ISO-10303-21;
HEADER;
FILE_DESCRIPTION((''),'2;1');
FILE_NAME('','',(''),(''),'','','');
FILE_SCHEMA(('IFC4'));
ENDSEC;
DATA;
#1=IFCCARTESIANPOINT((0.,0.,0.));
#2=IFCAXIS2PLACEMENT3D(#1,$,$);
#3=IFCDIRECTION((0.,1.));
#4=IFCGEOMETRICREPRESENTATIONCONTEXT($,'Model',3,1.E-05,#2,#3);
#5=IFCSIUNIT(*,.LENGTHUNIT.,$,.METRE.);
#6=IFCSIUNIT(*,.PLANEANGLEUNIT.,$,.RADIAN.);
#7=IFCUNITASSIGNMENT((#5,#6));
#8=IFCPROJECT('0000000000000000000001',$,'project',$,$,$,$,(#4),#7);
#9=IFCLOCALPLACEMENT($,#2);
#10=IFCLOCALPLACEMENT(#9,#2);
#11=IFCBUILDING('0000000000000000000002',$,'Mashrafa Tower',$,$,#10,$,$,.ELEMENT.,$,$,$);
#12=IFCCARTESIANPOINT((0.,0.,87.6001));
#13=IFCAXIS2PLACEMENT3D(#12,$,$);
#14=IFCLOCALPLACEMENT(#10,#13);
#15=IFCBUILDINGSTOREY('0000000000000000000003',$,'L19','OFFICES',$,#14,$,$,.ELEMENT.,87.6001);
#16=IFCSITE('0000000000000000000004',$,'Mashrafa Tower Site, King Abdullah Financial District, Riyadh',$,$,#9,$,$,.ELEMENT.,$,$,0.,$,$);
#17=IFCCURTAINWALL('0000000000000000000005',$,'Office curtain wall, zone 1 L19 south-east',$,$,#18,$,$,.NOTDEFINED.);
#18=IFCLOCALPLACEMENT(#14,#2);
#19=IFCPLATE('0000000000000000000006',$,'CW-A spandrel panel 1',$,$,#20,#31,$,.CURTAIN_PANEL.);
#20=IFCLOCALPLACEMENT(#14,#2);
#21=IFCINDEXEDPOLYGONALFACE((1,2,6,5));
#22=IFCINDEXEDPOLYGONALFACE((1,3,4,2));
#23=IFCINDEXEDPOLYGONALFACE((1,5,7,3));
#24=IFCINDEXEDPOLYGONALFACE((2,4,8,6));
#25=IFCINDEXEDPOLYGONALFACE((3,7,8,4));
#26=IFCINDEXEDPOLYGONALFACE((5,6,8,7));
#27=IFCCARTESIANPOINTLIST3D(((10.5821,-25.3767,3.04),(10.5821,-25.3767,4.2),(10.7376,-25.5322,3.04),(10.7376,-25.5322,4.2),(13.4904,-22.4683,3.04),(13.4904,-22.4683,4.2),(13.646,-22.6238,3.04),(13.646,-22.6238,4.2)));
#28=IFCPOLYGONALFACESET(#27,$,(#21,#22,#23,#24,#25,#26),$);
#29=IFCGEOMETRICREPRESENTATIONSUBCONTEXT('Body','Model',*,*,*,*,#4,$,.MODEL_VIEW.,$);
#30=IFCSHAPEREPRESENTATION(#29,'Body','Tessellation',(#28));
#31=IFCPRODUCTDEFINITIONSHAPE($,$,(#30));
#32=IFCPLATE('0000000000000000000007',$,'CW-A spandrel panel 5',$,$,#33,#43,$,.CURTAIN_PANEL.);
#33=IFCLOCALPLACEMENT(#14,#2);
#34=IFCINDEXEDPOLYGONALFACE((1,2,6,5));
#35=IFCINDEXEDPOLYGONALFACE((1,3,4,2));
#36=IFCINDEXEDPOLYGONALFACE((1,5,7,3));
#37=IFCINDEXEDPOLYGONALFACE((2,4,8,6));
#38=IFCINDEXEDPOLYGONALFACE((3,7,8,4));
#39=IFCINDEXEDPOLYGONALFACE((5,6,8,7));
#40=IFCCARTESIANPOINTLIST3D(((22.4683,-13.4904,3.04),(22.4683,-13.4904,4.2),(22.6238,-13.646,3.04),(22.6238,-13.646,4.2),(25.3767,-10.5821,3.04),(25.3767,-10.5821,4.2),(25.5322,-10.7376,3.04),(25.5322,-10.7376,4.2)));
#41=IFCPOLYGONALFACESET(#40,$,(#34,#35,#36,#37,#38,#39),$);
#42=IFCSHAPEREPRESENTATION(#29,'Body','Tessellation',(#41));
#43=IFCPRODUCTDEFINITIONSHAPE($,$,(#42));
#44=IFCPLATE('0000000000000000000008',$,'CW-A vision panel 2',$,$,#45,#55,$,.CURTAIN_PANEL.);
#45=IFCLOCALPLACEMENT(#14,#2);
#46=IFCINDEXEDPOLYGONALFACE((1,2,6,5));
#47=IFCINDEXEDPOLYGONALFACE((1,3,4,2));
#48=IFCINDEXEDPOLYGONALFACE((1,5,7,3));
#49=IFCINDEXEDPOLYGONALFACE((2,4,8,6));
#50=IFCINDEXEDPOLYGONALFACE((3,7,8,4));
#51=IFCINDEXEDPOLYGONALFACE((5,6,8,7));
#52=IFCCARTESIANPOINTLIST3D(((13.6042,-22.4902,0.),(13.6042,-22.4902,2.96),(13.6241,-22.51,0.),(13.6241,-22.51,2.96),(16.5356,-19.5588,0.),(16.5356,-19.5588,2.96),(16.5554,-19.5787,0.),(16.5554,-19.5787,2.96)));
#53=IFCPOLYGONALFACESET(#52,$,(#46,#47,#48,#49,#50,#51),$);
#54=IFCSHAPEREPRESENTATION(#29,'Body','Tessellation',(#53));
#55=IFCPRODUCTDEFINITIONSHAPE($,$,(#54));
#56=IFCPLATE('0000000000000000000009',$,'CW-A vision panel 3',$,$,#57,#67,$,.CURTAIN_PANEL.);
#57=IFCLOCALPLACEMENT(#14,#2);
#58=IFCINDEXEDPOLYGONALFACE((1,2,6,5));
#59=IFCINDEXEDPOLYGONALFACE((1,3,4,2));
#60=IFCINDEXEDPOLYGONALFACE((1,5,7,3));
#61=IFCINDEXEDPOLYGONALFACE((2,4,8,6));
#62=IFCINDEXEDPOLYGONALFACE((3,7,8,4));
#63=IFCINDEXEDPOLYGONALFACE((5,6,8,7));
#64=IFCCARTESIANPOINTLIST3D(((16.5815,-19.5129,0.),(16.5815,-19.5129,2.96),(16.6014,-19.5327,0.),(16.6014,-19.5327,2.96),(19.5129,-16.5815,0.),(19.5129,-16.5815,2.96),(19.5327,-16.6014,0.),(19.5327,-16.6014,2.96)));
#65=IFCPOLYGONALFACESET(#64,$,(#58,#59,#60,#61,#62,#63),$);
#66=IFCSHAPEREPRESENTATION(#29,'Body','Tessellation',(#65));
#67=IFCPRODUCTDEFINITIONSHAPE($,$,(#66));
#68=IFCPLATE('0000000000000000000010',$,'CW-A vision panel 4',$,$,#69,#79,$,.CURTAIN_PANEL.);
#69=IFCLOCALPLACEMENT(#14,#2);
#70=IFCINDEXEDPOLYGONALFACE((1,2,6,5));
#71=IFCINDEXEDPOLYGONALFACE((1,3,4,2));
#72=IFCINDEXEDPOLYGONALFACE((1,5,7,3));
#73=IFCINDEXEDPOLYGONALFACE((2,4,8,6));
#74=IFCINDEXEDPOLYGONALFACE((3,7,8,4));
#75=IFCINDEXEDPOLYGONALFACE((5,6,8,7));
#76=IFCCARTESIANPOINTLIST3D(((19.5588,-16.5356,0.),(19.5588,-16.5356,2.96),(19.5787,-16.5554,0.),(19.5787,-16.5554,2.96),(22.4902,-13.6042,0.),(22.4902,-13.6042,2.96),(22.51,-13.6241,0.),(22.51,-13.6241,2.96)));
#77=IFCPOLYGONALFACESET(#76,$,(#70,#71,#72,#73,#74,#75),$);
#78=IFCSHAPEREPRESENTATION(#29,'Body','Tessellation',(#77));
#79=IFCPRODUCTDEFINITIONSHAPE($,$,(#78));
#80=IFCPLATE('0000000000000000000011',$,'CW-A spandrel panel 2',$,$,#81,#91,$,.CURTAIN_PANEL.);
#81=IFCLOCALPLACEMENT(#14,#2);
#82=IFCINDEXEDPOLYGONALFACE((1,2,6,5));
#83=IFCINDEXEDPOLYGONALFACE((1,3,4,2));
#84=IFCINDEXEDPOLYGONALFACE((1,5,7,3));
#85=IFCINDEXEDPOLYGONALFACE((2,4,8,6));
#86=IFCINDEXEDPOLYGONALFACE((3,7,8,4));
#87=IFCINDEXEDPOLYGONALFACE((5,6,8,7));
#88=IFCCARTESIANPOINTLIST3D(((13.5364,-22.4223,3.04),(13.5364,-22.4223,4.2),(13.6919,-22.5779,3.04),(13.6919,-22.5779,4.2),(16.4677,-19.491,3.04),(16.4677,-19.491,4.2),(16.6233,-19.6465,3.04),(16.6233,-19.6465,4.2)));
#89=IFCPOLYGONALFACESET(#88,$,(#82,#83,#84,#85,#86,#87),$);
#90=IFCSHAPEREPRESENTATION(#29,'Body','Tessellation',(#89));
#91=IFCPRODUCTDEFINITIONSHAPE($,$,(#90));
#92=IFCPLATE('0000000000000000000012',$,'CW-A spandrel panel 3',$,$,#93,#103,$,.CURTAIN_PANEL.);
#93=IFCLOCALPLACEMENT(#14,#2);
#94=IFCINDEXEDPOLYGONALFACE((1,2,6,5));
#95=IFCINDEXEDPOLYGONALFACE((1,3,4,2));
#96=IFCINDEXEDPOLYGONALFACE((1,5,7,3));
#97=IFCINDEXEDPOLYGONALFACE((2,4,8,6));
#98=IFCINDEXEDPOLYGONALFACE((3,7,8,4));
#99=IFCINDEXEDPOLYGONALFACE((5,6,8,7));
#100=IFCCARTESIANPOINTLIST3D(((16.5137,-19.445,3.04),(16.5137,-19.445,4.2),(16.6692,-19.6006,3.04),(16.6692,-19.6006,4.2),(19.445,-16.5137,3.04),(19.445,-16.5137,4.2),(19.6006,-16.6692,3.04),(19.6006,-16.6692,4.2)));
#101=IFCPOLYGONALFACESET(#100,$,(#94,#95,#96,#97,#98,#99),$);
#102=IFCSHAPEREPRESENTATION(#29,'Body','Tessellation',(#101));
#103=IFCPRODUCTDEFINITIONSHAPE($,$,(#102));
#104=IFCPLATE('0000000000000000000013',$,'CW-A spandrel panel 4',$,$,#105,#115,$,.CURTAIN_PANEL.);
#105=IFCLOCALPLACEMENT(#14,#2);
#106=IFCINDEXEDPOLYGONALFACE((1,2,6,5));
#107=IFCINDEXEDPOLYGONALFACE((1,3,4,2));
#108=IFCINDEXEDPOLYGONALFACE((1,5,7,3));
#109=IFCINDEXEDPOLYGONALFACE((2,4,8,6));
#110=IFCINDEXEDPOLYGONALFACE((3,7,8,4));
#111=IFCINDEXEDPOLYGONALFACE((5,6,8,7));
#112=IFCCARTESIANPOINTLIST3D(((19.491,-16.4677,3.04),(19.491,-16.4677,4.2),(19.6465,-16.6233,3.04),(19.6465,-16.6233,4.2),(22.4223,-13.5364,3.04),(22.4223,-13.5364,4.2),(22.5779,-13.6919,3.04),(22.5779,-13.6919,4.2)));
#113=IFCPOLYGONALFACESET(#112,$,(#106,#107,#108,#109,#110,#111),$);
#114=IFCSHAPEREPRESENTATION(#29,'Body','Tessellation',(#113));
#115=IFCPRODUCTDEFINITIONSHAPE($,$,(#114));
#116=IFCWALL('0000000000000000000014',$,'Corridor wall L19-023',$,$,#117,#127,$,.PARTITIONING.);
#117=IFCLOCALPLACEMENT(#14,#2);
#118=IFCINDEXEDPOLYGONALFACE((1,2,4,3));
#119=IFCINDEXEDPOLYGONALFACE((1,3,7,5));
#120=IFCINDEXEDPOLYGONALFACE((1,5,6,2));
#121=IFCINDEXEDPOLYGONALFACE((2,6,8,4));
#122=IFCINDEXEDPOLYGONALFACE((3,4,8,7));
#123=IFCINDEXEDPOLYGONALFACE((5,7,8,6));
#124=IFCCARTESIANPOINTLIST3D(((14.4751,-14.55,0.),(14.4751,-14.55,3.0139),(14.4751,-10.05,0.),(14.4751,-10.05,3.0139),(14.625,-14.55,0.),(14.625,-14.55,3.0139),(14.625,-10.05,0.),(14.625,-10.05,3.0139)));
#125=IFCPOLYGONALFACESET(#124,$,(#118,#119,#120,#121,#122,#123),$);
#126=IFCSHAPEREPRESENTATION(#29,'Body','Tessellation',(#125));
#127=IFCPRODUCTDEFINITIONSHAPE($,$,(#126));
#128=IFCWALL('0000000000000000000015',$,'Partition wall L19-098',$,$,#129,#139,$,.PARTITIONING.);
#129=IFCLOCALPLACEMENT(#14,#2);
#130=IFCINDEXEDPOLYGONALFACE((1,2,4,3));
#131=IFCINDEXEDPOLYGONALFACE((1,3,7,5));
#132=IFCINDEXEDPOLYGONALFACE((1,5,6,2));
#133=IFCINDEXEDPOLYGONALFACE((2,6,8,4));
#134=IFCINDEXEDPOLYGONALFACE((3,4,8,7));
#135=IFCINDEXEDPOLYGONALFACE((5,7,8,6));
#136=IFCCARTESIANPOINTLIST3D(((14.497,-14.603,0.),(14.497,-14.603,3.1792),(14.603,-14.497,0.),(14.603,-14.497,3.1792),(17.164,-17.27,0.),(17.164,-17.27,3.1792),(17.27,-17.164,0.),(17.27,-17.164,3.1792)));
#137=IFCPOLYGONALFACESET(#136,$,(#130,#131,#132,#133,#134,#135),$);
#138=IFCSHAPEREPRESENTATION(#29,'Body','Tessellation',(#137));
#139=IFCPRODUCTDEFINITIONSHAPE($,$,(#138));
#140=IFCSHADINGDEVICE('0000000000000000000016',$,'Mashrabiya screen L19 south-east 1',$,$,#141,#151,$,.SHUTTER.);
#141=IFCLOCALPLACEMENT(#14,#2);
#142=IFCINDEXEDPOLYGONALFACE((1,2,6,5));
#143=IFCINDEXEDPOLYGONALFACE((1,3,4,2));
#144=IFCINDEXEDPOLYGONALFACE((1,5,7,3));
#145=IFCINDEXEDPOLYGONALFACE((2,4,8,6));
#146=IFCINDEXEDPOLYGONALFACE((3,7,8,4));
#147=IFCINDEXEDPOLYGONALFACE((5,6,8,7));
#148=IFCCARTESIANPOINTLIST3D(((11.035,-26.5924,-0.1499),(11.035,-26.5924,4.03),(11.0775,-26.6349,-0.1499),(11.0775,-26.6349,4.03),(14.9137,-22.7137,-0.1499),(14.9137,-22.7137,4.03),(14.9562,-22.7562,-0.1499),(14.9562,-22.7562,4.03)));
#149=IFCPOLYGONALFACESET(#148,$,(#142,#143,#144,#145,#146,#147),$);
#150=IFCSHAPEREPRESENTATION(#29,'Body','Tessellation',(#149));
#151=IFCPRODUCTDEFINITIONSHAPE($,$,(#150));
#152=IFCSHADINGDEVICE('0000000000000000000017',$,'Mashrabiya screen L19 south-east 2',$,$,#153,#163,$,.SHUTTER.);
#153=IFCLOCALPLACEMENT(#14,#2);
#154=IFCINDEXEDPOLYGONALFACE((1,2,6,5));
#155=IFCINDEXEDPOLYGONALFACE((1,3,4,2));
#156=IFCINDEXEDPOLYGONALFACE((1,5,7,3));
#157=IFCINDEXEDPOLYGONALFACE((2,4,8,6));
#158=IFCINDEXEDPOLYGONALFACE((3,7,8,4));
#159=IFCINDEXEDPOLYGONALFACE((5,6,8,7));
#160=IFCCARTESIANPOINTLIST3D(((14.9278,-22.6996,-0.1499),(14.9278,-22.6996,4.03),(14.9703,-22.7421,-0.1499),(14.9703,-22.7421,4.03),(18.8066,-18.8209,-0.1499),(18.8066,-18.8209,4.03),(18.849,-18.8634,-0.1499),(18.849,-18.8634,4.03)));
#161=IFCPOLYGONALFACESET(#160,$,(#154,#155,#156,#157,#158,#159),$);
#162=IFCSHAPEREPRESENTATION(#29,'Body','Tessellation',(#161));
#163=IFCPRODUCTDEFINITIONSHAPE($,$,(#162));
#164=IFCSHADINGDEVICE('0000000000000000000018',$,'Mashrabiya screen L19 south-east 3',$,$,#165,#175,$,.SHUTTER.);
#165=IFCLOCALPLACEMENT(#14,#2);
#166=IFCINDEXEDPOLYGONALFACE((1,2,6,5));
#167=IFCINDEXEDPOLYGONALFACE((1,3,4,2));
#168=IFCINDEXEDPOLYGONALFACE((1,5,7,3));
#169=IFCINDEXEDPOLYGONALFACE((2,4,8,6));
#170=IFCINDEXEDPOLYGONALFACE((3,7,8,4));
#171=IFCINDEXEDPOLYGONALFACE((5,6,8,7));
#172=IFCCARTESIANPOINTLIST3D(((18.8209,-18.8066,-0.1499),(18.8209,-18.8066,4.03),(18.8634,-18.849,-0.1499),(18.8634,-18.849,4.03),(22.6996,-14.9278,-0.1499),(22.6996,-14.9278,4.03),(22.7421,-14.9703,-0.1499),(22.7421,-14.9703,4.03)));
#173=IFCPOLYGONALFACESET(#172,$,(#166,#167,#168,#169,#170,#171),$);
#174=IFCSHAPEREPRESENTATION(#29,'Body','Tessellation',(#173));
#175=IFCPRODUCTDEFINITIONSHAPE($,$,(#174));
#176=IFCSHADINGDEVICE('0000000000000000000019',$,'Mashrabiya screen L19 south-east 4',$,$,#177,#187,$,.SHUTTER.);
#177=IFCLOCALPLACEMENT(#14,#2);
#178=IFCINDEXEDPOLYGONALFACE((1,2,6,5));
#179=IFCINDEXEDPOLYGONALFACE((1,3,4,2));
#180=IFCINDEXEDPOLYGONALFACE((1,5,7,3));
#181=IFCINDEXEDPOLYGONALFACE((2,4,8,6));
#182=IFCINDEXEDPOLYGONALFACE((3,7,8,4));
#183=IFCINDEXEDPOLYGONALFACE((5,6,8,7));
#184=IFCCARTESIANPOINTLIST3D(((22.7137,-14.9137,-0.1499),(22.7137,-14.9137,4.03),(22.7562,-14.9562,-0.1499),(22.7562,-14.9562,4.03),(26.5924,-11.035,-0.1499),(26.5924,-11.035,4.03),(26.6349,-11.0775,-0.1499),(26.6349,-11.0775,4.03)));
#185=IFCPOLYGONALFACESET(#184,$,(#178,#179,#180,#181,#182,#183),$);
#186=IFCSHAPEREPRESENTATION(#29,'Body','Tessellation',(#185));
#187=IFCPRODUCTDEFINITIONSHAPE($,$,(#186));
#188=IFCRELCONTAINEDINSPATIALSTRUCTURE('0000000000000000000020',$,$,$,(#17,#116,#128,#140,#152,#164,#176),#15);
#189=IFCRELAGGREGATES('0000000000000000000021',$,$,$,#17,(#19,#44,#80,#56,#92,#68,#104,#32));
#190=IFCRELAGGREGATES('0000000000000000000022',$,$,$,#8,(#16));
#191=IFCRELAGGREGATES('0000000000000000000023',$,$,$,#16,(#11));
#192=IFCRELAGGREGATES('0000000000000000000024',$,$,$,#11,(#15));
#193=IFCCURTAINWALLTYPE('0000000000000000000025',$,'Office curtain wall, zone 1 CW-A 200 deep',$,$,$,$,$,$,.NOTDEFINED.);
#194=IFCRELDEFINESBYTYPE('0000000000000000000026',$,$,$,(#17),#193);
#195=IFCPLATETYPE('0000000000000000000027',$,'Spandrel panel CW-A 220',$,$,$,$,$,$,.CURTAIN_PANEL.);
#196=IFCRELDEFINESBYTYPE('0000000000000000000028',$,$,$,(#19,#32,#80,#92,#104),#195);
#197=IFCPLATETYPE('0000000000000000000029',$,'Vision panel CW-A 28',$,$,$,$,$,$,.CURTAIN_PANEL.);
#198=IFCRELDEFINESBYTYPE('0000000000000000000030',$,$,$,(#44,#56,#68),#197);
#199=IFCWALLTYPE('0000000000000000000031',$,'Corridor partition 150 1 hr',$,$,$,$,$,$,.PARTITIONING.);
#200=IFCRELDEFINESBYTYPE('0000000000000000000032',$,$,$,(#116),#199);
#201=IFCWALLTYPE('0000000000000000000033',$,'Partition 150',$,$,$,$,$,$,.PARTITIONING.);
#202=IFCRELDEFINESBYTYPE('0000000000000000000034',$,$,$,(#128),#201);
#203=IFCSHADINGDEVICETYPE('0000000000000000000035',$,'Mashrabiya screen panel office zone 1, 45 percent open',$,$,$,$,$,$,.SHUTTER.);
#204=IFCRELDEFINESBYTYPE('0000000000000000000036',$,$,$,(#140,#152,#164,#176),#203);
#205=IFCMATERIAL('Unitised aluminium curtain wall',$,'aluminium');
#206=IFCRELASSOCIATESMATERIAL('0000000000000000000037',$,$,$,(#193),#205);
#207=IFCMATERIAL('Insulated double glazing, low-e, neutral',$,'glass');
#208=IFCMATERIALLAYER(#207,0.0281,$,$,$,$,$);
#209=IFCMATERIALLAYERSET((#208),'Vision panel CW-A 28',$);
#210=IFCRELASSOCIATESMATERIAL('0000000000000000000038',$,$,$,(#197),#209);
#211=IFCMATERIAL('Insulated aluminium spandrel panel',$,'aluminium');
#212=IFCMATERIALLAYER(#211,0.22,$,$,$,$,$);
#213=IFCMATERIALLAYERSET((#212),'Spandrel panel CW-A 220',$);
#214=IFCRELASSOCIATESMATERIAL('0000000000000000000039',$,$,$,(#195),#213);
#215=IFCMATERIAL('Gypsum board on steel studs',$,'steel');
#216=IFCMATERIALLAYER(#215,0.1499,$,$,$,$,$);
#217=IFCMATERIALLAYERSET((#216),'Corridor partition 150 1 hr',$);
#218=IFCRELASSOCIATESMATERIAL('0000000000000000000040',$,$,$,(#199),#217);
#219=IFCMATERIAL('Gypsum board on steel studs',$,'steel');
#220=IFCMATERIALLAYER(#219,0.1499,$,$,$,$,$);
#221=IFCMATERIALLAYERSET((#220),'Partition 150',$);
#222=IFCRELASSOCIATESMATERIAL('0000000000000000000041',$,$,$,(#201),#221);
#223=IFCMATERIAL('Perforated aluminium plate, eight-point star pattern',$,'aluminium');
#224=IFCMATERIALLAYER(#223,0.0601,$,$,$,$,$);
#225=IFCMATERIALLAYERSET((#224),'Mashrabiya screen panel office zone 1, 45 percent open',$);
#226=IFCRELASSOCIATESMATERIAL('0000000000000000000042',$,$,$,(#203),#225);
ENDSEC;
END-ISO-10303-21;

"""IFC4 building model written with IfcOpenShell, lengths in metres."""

from ifc_helpers import new_model, si_unit, direction, frame, frame_2d, origin, origin_2d, place, context, subcontext, project, spatial, rectangle, extrude, source, transform, mapped, material, layer, layer_set, type_object, type_shapes, element, aggregate, save


model = new_model("IFC4")

# Units and contexts
model_context = context("Model", 3, precision=1e-05, world=origin(), true_north=direction((0.0, 1.0)))
body_context = subcontext(model_context, "Body", "Model", "MODEL_VIEW")
ifc_project = project(units=[si_unit("LENGTHUNIT", "METRE"), si_unit("PLANEANGLEUNIT", "RADIAN")], contexts=[model_context])

# Site, building, storey
site_placement = place(None, origin())
site = spatial("IfcSite", under=ifc_project, at=site_placement, Name="Mashrafa Tower Site, King Abdullah Financial District, Riyadh", CompositionType="ELEMENT", RefElevation=0.0)
building_placement = place(site_placement, origin())
building = spatial("IfcBuilding", under=site, at=building_placement, Name="Mashrafa Tower", CompositionType="ELEMENT")
storey_placement = place(building_placement, frame((0.0, 0.0, 87.6001)))
storey = spatial("IfcBuildingStorey", under=building, at=storey_placement, Name="L19", Description="OFFICES", CompositionType="ELEMENT", Elevation=87.6001)

# Curtain wall, plates
ifc_material_1 = material(Name="Unitised aluminium curtain wall", Category="aluminium")
curtain_wall_type = type_object("IfcCurtainWallType", Name="Office curtain wall, zone 1 CW-A 200 deep", PredefinedType="NOTDEFINED", material=ifc_material_1)
curtain_wall_placement = place(storey_placement, origin())
curtain_wall = element("IfcCurtainWall", 1, at=curtain_wall_placement, inside=storey, type_object=curtain_wall_type, Name="Office curtain wall, zone 1 L19 south-east", PredefinedType="NOTDEFINED")
ifc_material_2 = material(Name="Insulated double glazing, low-e, neutral", Category="glass")
ifc_layer_1 = layer(ifc_material_2, 0.0281)
ifc_layer_set_1 = layer_set([ifc_layer_1], Name="Vision panel CW-A 28")
plate_type_1 = type_object("IfcPlateType", Name="Vision panel CW-A 28", PredefinedType="CURTAIN_PANEL", material=ifc_layer_set_1)
ifc_material_3 = material(Name="Insulated aluminium spandrel panel", Category="aluminium")
ifc_layer_2 = layer(ifc_material_3, 0.22)
ifc_layer_set_2 = layer_set([ifc_layer_2], Name="Spandrel panel CW-A 220")
plate_type_2 = type_object("IfcPlateType", Name="Spandrel panel CW-A 220", PredefinedType="CURTAIN_PANEL", material=ifc_layer_set_2)
shared_shape_1 = source(origin(), body_context, "Body", "SweptSolid", [
    extrude(rectangle(XDim=4.113, YDim=0.22, at=origin_2d()), origin(), (0.0, 0.0, 1.0), 1.1599),
])
plate_1_placement = place(storey_placement, frame((12.114, -24.0002, 3.04), z_axis=(0.0, 0.0, 1.0), x_axis=(0.707107, 0.707107, 0.0)))
plate_1 = element("IfcPlate", 2, at=plate_1_placement, type_object=plate_type_2, Name="CW-A spandrel panel 1", PredefinedType="CURTAIN_PANEL", context=body_context, shape_type="MappedRepresentation", body=[
    mapped(shared_shape_1, transform((0.0, 0.0, 0.0))),
])
plate_2_placement = place(storey_placement, frame((24.0002, -12.114, 3.04), z_axis=(0.0, 0.0, 1.0), x_axis=(0.707107, 0.707107, 0.0)))
plate_2 = element("IfcPlate", 3, at=plate_2_placement, type_object=plate_type_2, Name="CW-A spandrel panel 5", PredefinedType="CURTAIN_PANEL", context=body_context, shape_type="MappedRepresentation", body=[
    mapped(shared_shape_1, transform((0.0, 0.0, 0.0))),
])
shared_shape_2 = source(origin(), body_context, "Body", "SweptSolid", [
    extrude(rectangle(XDim=4.1455, YDim=0.0281, at=origin_2d()), origin(), (0.0, 0.0, 1.0), 2.96),
])
plate_3_placement = place(storey_placement, frame((15.0798, -21.0344, 0.0), z_axis=(0.0, 0.0, 1.0), x_axis=(0.707107, 0.707107, 0.0)))
plate_3 = element("IfcPlate", 4, at=plate_3_placement, type_object=plate_type_1, Name="CW-A vision panel 2", PredefinedType="CURTAIN_PANEL", context=body_context, shape_type="MappedRepresentation", body=[
    mapped(shared_shape_2, transform((0.0, 0.0, 0.0))),
])
plate_4_placement = place(storey_placement, frame((18.0571, -18.0571, 0.0), z_axis=(0.0, 0.0, 1.0), x_axis=(0.707107, 0.707107, 0.0)))
plate_4 = element("IfcPlate", 5, at=plate_4_placement, type_object=plate_type_1, Name="CW-A vision panel 3", PredefinedType="CURTAIN_PANEL", context=body_context, shape_type="MappedRepresentation", body=[
    mapped(shared_shape_2, transform((0.0, 0.0, 0.0))),
])
plate_5_placement = place(storey_placement, frame((21.0344, -15.0798, 0.0), z_axis=(0.0, 0.0, 1.0), x_axis=(0.707107, 0.707107, 0.0)))
plate_5 = element("IfcPlate", 6, at=plate_5_placement, type_object=plate_type_1, Name="CW-A vision panel 4", PredefinedType="CURTAIN_PANEL", context=body_context, shape_type="MappedRepresentation", body=[
    mapped(shared_shape_2, transform((0.0, 0.0, 0.0))),
])
shared_shape_3 = source(origin(), body_context, "Body", "SweptSolid", [
    extrude(rectangle(XDim=4.1455, YDim=0.22, at=origin_2d()), origin(), (0.0, 0.0, 1.0), 1.1599),
])
type_shapes(plate_type_2, [shared_shape_1, shared_shape_3])
plate_6_placement = place(storey_placement, frame((15.0798, -21.0344, 3.04), z_axis=(0.0, 0.0, 1.0), x_axis=(0.707107, 0.707107, 0.0)))
plate_6 = element("IfcPlate", 7, at=plate_6_placement, type_object=plate_type_2, Name="CW-A spandrel panel 2", PredefinedType="CURTAIN_PANEL", context=body_context, shape_type="MappedRepresentation", body=[
    mapped(shared_shape_3, transform((0.0, 0.0, 0.0))),
])
plate_7_placement = place(storey_placement, frame((18.0571, -18.0571, 3.04), z_axis=(0.0, 0.0, 1.0), x_axis=(0.707107, 0.707107, 0.0)))
plate_7 = element("IfcPlate", 8, at=plate_7_placement, type_object=plate_type_2, Name="CW-A spandrel panel 3", PredefinedType="CURTAIN_PANEL", context=body_context, shape_type="MappedRepresentation", body=[
    mapped(shared_shape_3, transform((0.0, 0.0, 0.0))),
])
plate_8_placement = place(storey_placement, frame((21.0344, -15.0798, 3.04), z_axis=(0.0, 0.0, 1.0), x_axis=(0.707107, 0.707107, 0.0)))
plate_8 = element("IfcPlate", 9, at=plate_8_placement, type_object=plate_type_2, Name="CW-A spandrel panel 4", PredefinedType="CURTAIN_PANEL", context=body_context, shape_type="MappedRepresentation", body=[
    mapped(shared_shape_3, transform((0.0, 0.0, 0.0))),
])
aggregate(curtain_wall, [plate_1, plate_3, plate_6, plate_4, plate_7, plate_5, plate_8, plate_2])

# Walls
ifc_material_4 = material(Name="Gypsum board on steel studs", Category="steel")
ifc_layer_3 = layer(ifc_material_4, 0.1499)
ifc_layer_set_3 = layer_set([ifc_layer_3], Name="Corridor partition 150 1 hr")
wall_type_1 = type_object("IfcWallType", Name="Corridor partition 150 1 hr", PredefinedType="PARTITIONING", material=ifc_layer_set_3)
wall_1_placement = place(storey_placement, frame((14.55, -14.55, 0.0), z_axis=(0.0, 0.0, 1.0), x_axis=(0.0, 1.0, 0.0)))
element("IfcWall", 10, at=wall_1_placement, inside=storey, type_object=wall_type_1, Name="Corridor wall L19-023", PredefinedType="PARTITIONING", context=body_context, shape_type="SweptSolid", body=[
    extrude(rectangle(XDim=4.5, YDim=0.1499, at=frame_2d((2.25, 0.0))), origin(), (0.0, 0.0, 1.0), 3.0139),
])
ifc_material_5 = material(Name="Gypsum board on steel studs", Category="steel")
ifc_layer_4 = layer(ifc_material_5, 0.1499)
ifc_layer_set_4 = layer_set([ifc_layer_4], Name="Partition 150")
wall_type_2 = type_object("IfcWallType", Name="Partition 150", PredefinedType="PARTITIONING", material=ifc_layer_set_4)
wall_2_placement = place(storey_placement, frame((14.55, -14.55, 0.0), z_axis=(0.0, 0.0, 1.0), x_axis=(0.707107, -0.707107, 0.0)))
element("IfcWall", 11, at=wall_2_placement, inside=storey, type_object=wall_type_2, Name="Partition wall L19-098", PredefinedType="PARTITIONING", context=body_context, shape_type="SweptSolid", body=[
    extrude(rectangle(XDim=3.7717, YDim=0.1499, at=frame_2d((1.8857, 0.0))), origin(), (0.0, 0.0, 1.0), 3.1792),
])

# Shading devices
ifc_material_6 = material(Name="Perforated aluminium plate, eight-point star pattern", Category="aluminium")
ifc_layer_5 = layer(ifc_material_6, 0.0601)
ifc_layer_set_5 = layer_set([ifc_layer_5], Name="Mashrabiya screen panel office zone 1, 45 percent open")
shading_device_type = type_object("IfcShadingDeviceType", Name="Mashrabiya screen panel office zone 1, 45 percent open", PredefinedType="SHUTTER", material=ifc_layer_set_5)
shared_shape_4 = source(origin(), body_context, "Body", "SweptSolid", [
    extrude(rectangle(XDim=5.4854, YDim=0.0601, at=origin_2d()), origin(), (0.0, 0.0, 1.0), 4.1799),
])
type_shapes(shading_device_type, [shared_shape_4])
for number, where, z_axis, x_axis, name in (
    (12, (12.9956, -24.6743, -0.1499), (0.0, 0.0, 1.0), (0.707107, 0.707107, 0.0), "Mashrabiya screen L19 south-east 1"),
    (13, (16.8884, -20.7815, -0.1499), (0.0, 0.0, 1.0), (0.707107, 0.707107, 0.0), "Mashrabiya screen L19 south-east 2"),
    (14, (20.7815, -16.8884, -0.1499), (0.0, 0.0, 1.0), (0.707107, 0.707107, 0.0), "Mashrabiya screen L19 south-east 3"),
    (15, (24.6743, -12.9956, -0.1499), (0.0, 0.0, 1.0), (0.707107, 0.707107, 0.0), "Mashrabiya screen L19 south-east 4"),
):
    element("IfcShadingDevice", number, at=place(storey_placement, frame(where, z_axis=z_axis, x_axis=x_axis)), inside=storey, type_object=shading_device_type, Name=name, PredefinedType="SHUTTER", context=body_context, shape_type="MappedRepresentation", body=[
        mapped(shared_shape_4, transform((0.0, 0.0, 0.0))),
    ])

save(model, "model.ifc")
